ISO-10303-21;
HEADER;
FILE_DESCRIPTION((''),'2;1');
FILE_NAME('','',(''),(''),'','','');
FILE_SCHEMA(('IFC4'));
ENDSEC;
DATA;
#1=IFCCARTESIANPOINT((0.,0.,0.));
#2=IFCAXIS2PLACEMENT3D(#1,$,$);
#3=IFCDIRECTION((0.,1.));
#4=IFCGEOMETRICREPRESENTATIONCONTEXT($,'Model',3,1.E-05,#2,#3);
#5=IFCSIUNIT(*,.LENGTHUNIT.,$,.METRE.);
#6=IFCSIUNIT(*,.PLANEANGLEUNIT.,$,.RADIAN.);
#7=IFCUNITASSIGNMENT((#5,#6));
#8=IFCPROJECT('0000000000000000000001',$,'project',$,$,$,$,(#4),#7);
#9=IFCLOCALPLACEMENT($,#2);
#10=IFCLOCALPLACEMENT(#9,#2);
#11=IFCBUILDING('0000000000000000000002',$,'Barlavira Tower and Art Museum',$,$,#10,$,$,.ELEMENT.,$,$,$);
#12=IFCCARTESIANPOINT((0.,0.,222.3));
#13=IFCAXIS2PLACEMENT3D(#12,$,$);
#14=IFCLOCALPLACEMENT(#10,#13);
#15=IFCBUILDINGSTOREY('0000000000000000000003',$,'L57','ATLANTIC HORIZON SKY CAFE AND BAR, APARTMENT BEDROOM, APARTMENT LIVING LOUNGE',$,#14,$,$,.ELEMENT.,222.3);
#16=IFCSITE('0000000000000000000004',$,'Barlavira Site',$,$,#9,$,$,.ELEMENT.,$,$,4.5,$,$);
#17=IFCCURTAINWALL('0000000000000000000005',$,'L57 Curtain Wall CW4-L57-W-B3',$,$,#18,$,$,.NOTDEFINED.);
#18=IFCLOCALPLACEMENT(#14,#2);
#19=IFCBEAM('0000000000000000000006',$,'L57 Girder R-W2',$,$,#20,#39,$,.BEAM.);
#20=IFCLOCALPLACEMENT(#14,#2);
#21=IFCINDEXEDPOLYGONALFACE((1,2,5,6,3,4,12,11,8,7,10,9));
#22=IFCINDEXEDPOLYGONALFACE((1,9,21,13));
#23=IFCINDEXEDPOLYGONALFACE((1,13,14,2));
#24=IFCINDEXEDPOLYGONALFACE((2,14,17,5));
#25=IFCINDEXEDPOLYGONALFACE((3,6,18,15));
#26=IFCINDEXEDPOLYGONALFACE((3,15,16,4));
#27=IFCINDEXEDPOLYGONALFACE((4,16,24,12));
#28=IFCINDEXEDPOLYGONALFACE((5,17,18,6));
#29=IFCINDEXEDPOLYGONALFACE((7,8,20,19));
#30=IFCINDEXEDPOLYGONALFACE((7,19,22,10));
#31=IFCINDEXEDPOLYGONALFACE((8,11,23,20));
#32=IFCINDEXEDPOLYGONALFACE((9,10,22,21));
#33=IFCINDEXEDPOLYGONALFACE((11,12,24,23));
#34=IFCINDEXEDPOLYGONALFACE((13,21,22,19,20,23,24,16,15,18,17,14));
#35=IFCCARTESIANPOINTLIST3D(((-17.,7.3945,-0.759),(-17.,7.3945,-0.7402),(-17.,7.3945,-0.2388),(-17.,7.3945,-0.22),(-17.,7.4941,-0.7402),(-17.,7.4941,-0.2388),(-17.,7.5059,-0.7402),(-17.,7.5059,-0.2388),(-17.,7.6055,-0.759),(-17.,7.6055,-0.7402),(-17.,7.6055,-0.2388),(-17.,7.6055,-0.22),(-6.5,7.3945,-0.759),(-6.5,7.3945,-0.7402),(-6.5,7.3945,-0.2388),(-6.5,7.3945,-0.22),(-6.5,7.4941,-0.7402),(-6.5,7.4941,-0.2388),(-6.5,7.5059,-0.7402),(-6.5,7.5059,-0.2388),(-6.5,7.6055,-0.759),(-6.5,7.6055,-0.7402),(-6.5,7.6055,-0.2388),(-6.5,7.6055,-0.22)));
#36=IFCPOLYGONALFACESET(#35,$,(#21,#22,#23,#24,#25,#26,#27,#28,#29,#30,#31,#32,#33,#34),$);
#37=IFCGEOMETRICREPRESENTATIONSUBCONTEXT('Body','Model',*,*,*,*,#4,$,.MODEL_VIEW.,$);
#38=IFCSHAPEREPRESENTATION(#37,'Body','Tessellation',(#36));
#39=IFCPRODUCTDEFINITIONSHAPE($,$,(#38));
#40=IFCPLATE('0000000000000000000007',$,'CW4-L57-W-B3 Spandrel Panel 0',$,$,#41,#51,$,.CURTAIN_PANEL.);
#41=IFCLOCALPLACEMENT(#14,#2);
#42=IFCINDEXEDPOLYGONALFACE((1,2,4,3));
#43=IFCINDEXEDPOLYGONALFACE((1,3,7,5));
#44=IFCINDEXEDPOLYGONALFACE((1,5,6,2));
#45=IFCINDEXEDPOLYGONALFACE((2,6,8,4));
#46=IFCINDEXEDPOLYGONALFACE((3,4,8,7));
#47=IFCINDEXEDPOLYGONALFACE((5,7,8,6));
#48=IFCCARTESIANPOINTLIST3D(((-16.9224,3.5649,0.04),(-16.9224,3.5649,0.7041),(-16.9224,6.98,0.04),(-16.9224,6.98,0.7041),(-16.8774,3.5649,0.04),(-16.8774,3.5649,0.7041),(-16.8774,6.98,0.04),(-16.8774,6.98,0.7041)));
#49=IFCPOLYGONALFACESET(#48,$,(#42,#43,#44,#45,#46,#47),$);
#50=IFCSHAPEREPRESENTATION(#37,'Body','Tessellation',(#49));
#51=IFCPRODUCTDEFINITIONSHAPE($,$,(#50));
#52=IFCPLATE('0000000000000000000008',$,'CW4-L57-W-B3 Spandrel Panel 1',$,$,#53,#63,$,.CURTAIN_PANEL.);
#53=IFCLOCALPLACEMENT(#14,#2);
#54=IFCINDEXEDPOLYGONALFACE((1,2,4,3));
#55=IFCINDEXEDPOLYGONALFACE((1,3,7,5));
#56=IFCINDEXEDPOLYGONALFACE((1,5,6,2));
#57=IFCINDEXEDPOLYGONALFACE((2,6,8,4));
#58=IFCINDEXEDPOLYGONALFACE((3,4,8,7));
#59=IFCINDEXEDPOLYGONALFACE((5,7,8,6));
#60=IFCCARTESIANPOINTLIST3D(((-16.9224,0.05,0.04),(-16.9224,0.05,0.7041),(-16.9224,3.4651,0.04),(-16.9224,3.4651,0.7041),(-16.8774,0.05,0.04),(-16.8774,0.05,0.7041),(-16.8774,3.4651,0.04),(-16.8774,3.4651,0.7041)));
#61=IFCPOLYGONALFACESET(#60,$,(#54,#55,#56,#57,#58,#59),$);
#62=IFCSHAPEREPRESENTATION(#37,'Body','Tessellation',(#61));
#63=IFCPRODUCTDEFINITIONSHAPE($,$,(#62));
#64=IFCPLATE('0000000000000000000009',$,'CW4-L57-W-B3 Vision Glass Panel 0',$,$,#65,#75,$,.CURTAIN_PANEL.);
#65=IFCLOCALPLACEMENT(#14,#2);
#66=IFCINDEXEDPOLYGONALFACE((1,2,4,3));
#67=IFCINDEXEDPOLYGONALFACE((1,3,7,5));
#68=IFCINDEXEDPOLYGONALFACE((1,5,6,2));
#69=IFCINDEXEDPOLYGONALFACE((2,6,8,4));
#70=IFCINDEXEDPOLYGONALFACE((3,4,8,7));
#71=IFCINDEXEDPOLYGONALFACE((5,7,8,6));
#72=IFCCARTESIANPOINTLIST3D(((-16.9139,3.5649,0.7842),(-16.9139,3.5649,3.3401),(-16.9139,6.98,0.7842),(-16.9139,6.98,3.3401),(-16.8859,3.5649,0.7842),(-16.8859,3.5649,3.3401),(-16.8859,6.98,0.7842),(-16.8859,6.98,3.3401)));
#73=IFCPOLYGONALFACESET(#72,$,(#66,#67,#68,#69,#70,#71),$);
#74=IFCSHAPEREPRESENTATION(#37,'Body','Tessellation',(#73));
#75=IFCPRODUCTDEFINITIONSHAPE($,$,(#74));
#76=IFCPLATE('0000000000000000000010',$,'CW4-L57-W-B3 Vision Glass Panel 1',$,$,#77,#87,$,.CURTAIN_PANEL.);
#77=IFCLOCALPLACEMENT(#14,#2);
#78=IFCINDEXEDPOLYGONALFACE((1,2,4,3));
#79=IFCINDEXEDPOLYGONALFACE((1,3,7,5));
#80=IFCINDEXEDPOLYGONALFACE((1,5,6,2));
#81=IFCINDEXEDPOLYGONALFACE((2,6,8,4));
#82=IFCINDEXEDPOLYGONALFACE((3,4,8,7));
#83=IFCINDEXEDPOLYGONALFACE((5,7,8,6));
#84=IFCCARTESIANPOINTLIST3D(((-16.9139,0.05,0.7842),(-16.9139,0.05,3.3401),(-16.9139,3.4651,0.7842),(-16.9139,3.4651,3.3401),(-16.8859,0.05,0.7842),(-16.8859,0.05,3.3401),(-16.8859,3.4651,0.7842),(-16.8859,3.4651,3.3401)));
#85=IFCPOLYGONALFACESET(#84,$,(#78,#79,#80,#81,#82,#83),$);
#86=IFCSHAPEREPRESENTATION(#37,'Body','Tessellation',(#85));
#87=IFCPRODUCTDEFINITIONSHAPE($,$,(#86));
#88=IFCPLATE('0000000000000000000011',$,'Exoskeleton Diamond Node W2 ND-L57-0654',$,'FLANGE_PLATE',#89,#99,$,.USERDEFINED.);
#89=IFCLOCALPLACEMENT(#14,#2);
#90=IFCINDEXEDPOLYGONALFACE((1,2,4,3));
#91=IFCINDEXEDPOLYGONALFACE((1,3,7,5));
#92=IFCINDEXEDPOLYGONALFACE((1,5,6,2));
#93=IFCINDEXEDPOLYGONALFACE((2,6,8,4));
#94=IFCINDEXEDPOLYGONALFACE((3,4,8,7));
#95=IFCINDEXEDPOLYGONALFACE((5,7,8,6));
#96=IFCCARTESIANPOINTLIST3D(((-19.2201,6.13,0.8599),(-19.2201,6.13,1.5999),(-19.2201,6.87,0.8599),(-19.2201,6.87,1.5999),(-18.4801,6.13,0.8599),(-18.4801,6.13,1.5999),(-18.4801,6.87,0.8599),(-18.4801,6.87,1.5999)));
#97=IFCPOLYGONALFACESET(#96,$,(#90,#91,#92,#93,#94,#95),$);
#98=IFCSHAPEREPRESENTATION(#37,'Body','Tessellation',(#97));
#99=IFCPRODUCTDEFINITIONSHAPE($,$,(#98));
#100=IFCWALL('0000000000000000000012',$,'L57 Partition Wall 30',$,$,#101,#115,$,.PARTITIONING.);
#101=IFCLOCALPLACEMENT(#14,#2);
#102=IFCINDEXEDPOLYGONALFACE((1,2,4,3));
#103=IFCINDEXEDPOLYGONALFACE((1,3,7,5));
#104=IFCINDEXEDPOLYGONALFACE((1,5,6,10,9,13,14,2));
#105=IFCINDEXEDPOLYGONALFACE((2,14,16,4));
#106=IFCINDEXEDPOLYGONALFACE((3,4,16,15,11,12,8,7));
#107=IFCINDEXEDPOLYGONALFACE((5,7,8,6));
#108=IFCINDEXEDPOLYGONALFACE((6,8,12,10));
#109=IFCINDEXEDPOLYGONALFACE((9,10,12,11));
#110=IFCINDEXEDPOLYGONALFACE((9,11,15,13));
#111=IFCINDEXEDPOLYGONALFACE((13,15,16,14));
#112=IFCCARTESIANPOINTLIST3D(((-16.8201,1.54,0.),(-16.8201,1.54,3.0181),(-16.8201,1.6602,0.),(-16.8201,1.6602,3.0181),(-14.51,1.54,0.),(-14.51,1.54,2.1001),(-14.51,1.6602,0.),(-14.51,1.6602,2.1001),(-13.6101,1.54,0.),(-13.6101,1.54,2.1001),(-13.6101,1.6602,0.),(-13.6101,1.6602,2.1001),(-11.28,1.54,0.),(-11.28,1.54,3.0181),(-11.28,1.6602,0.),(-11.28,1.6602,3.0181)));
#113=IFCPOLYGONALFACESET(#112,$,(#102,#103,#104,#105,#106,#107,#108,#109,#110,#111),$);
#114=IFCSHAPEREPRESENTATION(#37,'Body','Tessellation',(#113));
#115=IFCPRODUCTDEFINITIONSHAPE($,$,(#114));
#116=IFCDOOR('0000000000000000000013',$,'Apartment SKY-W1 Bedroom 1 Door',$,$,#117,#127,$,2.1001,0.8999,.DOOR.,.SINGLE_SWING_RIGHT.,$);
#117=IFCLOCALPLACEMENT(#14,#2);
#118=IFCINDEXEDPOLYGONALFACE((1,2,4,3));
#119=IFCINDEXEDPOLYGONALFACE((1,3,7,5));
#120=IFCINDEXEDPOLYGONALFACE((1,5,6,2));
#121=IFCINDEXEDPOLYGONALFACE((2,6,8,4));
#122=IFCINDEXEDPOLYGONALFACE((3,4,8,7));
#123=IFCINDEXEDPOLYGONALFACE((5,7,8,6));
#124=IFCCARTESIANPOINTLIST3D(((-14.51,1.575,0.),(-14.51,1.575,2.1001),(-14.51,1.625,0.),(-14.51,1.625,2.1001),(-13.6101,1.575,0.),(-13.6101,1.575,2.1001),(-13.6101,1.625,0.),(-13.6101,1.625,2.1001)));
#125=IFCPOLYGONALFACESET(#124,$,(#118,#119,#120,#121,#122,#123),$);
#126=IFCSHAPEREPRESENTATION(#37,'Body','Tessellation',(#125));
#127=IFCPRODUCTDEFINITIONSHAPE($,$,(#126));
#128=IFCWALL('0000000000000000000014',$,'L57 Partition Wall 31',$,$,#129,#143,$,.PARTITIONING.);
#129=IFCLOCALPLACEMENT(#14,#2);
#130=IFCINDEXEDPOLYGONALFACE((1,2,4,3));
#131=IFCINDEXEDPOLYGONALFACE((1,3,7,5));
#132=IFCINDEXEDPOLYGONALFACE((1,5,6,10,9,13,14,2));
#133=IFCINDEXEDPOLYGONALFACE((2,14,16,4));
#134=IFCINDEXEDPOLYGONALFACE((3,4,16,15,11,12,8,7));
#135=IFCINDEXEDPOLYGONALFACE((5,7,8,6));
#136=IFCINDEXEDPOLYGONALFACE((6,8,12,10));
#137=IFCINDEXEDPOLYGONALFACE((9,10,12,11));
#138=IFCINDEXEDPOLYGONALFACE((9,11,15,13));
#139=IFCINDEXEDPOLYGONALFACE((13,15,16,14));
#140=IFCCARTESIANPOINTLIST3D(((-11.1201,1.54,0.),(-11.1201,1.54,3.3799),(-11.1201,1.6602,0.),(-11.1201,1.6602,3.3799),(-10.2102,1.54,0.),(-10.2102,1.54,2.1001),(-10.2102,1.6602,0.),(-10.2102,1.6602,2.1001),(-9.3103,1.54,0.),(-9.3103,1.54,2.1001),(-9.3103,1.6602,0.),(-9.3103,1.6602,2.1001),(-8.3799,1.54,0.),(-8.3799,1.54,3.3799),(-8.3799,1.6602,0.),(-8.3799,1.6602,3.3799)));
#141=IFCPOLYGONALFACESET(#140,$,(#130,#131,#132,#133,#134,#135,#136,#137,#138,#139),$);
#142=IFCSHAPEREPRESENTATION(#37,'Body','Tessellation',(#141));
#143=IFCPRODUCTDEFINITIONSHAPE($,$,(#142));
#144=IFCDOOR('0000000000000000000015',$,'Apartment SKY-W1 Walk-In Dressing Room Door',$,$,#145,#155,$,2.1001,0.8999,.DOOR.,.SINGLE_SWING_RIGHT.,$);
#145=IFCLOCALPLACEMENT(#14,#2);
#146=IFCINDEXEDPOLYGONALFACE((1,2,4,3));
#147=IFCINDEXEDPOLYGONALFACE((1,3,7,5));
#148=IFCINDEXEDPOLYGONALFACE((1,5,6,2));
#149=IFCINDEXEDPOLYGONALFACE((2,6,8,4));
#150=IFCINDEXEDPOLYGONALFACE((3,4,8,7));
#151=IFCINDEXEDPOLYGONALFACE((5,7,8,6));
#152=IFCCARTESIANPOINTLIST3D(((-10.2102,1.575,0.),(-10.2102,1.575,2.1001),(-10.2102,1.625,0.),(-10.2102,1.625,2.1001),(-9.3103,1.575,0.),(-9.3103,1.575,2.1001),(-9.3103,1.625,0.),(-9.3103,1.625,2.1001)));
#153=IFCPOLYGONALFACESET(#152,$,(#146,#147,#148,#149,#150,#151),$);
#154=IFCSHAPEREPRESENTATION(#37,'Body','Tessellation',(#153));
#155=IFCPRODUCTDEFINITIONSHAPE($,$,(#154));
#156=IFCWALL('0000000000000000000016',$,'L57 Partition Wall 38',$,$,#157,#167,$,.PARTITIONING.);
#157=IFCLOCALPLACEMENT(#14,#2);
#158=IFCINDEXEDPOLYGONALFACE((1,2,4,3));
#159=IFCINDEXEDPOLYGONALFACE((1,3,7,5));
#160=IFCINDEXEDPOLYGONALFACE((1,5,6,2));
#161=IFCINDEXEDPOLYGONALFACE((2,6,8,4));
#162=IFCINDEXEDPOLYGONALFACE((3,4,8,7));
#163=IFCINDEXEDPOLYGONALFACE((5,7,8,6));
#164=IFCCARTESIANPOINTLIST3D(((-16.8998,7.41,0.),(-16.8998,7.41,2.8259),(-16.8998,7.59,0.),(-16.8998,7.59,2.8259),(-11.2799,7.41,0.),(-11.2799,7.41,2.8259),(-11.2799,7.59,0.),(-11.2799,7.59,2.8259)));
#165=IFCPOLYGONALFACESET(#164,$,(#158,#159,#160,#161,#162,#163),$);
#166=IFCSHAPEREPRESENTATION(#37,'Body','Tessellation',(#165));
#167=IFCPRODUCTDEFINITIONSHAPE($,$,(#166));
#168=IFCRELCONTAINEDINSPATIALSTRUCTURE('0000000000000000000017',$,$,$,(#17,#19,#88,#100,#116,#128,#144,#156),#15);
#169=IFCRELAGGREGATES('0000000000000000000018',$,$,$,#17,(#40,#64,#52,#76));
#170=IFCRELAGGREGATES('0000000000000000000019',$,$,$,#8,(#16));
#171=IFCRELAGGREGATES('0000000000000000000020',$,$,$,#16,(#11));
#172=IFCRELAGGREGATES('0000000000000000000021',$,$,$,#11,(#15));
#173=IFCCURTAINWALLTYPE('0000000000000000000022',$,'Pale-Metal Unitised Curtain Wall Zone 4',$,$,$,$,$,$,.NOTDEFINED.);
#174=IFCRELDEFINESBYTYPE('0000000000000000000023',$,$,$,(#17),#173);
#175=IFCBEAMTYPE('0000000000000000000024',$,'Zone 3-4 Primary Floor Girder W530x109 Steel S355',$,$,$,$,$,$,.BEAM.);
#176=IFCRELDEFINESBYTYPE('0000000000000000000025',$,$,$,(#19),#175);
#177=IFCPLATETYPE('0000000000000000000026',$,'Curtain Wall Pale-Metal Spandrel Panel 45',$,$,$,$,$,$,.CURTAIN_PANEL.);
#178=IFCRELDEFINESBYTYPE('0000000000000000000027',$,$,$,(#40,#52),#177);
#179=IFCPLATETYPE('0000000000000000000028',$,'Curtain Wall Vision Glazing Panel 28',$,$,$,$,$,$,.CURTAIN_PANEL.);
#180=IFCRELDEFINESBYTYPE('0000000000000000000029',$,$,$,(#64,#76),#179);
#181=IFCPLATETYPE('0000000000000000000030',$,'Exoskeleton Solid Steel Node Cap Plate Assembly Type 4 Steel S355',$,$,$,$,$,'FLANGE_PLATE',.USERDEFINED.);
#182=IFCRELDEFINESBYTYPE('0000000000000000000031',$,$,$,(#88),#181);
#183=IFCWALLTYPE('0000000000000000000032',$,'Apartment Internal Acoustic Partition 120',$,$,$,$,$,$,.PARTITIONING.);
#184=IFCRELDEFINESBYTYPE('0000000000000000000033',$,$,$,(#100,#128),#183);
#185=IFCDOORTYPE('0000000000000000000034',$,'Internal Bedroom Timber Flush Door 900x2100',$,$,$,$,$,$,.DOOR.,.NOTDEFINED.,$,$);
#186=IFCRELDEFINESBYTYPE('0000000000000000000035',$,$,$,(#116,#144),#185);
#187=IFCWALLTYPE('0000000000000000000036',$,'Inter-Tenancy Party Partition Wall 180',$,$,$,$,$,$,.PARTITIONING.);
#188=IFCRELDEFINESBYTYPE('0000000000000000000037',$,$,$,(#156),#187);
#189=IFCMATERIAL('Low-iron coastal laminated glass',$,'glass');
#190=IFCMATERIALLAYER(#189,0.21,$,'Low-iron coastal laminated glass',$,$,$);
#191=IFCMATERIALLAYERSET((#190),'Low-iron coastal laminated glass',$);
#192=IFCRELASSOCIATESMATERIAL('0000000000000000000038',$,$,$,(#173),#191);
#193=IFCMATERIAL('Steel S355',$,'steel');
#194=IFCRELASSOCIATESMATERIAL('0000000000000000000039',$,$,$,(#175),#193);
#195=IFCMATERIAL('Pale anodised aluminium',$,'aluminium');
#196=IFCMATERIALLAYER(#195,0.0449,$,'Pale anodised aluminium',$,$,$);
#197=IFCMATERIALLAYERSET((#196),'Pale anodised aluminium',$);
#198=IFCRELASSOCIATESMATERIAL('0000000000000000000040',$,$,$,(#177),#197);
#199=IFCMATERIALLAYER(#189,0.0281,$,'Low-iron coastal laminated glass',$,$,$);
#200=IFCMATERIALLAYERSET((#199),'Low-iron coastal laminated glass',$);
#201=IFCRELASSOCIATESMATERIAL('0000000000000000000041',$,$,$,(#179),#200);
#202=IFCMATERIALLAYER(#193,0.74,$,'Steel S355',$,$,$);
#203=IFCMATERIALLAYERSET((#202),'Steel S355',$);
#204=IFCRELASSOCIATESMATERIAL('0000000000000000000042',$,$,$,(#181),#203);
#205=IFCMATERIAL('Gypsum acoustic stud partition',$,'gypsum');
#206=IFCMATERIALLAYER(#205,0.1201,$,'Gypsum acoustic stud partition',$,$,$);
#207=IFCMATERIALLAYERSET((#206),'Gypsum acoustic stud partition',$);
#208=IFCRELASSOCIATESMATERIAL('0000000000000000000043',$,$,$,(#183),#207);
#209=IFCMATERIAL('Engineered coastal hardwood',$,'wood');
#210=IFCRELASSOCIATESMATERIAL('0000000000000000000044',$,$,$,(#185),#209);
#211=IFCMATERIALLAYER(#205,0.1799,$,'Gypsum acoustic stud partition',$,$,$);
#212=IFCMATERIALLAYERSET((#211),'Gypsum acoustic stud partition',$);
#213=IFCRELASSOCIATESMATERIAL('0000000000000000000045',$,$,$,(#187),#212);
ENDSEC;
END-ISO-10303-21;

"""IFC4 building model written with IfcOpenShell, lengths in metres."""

from ifc_helpers import new_model, si_unit, direction, frame, frame_2d, origin, origin_2d, place, context, subcontext, project, spatial, rectangle, i_section, extrude, material, layer, layer_set, material_profile, profile_set, type_object, element, fill, aggregate, save


model = new_model("IFC4")

# Units and contexts
model_context = context("Model", 3, precision=1e-05, world=origin(), true_north=direction((0.0, 1.0)))
body_context = subcontext(model_context, "Body", "Model", "MODEL_VIEW")
ifc_project = project(units=[si_unit("LENGTHUNIT", "METRE"), si_unit("PLANEANGLEUNIT", "RADIAN")], contexts=[model_context])

# Site, building, storey
site_placement = place(None, origin())
site = spatial("IfcSite", under=ifc_project, at=site_placement, Name="Barlavira Site", CompositionType="ELEMENT", RefElevation=4.5)
building_placement = place(site_placement, origin())
building = spatial("IfcBuilding", under=site, at=building_placement, Name="Barlavira Tower and Art Museum", CompositionType="ELEMENT")
storey_placement = place(building_placement, frame((0.0, 0.0, 222.3)))
storey = spatial("IfcBuildingStorey", under=building, at=storey_placement, Name="L57", Description="ATLANTIC HORIZON SKY CAFE AND BAR, APARTMENT BEDROOM, APARTMENT LIVING LOUNGE", CompositionType="ELEMENT", Elevation=222.3)

# Curtain wall
ifc_material_1 = material(Name="Low-iron coastal laminated glass", Category="glass")
ifc_layer_1 = layer(ifc_material_1, 0.21, Name="Low-iron coastal laminated glass")
ifc_layer_set_1 = layer_set([ifc_layer_1], Name="Low-iron coastal laminated glass")
curtain_wall_type = type_object("IfcCurtainWallType", Name="Pale-Metal Unitised Curtain Wall Zone 4", PredefinedType="NOTDEFINED", material=ifc_layer_set_1)
curtain_wall_placement = place(storey_placement, origin())
curtain_wall = element("IfcCurtainWall", 1, at=curtain_wall_placement, inside=storey, type_object=curtain_wall_type, Name="L57 Curtain Wall CW4-L57-W-B3", PredefinedType="NOTDEFINED")
ifc_material_2 = material(Name="Pale anodised aluminium", Category="aluminium")

# Beam
ifc_material_3 = material(Name="Steel S355", Category="steel")
ifc_material_profile_1 = material_profile(ifc_material_3, i_section(OverallWidth=0.2109, OverallDepth=0.5391, WebThickness=0.0117, FlangeThickness=0.0188, at=origin_2d()), Name="W530x109.0")
ifc_profile_set_1 = profile_set([ifc_material_profile_1], Name="Steel S355")
beam_type_1 = type_object("IfcBeamType", Name="Zone 3-4 Primary Floor Girder W530x109 Steel S355", PredefinedType="BEAM", material=ifc_profile_set_1)
beam_1_placement = place(storey_placement, frame((-17.0, 7.5, -0.4895), z_axis=(1.0, 0.0, 0.0), x_axis=(0.0, 1.0, 0.0)))
element("IfcBeam", 2, at=beam_1_placement, inside=storey, type_object=beam_type_1, Name="L57 Girder R-W2", PredefinedType="BEAM", context=body_context, shape_type="SweptSolid", body=[
    extrude(i_section(OverallWidth=0.2109, OverallDepth=0.5391, WebThickness=0.0117, FlangeThickness=0.0188, at=origin_2d()), origin(), (0.0, 0.0, 1.0), 10.5),
])

# Plates
ifc_layer_2 = layer(ifc_material_2, 0.0449, Name="Pale anodised aluminium")
ifc_layer_set_2 = layer_set([ifc_layer_2], Name="Pale anodised aluminium")
plate_type_1 = type_object("IfcPlateType", Name="Curtain Wall Pale-Metal Spandrel Panel 45", PredefinedType="CURTAIN_PANEL", material=ifc_layer_set_2)
plate_1_placement = place(storey_placement, frame((-16.8999, 5.2725, 0.04), z_axis=(0.0, 0.0, 1.0), x_axis=(0.0, -1.0, 0.0)))
plate_1 = element("IfcPlate", 3, at=plate_1_placement, type_object=plate_type_1, Name="CW4-L57-W-B3 Spandrel Panel 0", PredefinedType="CURTAIN_PANEL", context=body_context, shape_type="SweptSolid", body=[
    extrude(rectangle(XDim=3.415, YDim=0.0449, at=origin_2d()), origin(), (0.0, 0.0, 1.0), 0.6641),
])
plate_2_placement = place(storey_placement, frame((-16.8999, 1.7576, 0.04), z_axis=(0.0, 0.0, 1.0), x_axis=(0.0, -1.0, 0.0)))
plate_2 = element("IfcPlate", 4, at=plate_2_placement, type_object=plate_type_1, Name="CW4-L57-W-B3 Spandrel Panel 1", PredefinedType="CURTAIN_PANEL", context=body_context, shape_type="SweptSolid", body=[
    extrude(rectangle(XDim=3.415, YDim=0.0449, at=origin_2d()), origin(), (0.0, 0.0, 1.0), 0.6641),
])
ifc_layer_3 = layer(ifc_material_1, 0.0281, Name="Low-iron coastal laminated glass")
ifc_layer_set_3 = layer_set([ifc_layer_3], Name="Low-iron coastal laminated glass")
plate_type_2 = type_object("IfcPlateType", Name="Curtain Wall Vision Glazing Panel 28", PredefinedType="CURTAIN_PANEL", material=ifc_layer_set_3)
plate_3_placement = place(storey_placement, frame((-16.8999, 5.2725, 0.7842), z_axis=(0.0, 0.0, 1.0), x_axis=(0.0, -1.0, 0.0)))
plate_3 = element("IfcPlate", 5, at=plate_3_placement, type_object=plate_type_2, Name="CW4-L57-W-B3 Vision Glass Panel 0", PredefinedType="CURTAIN_PANEL", context=body_context, shape_type="SweptSolid", body=[
    extrude(rectangle(XDim=3.415, YDim=0.0281, at=origin_2d()), origin(), (0.0, 0.0, 1.0), 2.5559),
])
plate_4_placement = place(storey_placement, frame((-16.8999, 1.7576, 0.7842), z_axis=(0.0, 0.0, 1.0), x_axis=(0.0, -1.0, 0.0)))
plate_4 = element("IfcPlate", 6, at=plate_4_placement, type_object=plate_type_2, Name="CW4-L57-W-B3 Vision Glass Panel 1", PredefinedType="CURTAIN_PANEL", context=body_context, shape_type="SweptSolid", body=[
    extrude(rectangle(XDim=3.415, YDim=0.0281, at=origin_2d()), origin(), (0.0, 0.0, 1.0), 2.5559),
])
aggregate(curtain_wall, [plate_1, plate_3, plate_2, plate_4])
ifc_layer_4 = layer(ifc_material_3, 0.74, Name="Steel S355")
ifc_layer_set_4 = layer_set([ifc_layer_4], Name="Steel S355")
plate_type_3 = type_object("IfcPlateType", Name="Exoskeleton Solid Steel Node Cap Plate Assembly Type 4 Steel S355", ElementType="FLANGE_PLATE", PredefinedType="USERDEFINED", material=ifc_layer_set_4)
plate_5_placement = place(storey_placement, frame((-18.8501, 6.5, 0.8599), z_axis=(0.0, 0.0, 1.0), x_axis=(1.0, 0.0, 0.0)))
element("IfcPlate", 7, at=plate_5_placement, inside=storey, type_object=plate_type_3, Name="Exoskeleton Diamond Node W2 ND-L57-0654", ObjectType="FLANGE_PLATE", PredefinedType="USERDEFINED", context=body_context, shape_type="SweptSolid", body=[
    extrude(rectangle(XDim=0.74, YDim=0.74, at=origin_2d()), origin(), (0.0, 0.0, 1.0), 0.74),
])

# Walls, openings, doors
ifc_material_4 = material(Name="Gypsum acoustic stud partition", Category="gypsum")
ifc_layer_5 = layer(ifc_material_4, 0.1201, Name="Gypsum acoustic stud partition")
ifc_layer_set_5 = layer_set([ifc_layer_5], Name="Gypsum acoustic stud partition")
wall_type_1 = type_object("IfcWallType", Name="Apartment Internal Acoustic Partition 120", PredefinedType="PARTITIONING", material=ifc_layer_set_5)
wall_1_placement = place(storey_placement, frame((-16.8201, 1.6001, 0.0), z_axis=(0.0, 0.0, 1.0), x_axis=(1.0, 0.0, 0.0)))
wall_1 = element("IfcWall", 8, at=wall_1_placement, inside=storey, type_object=wall_type_1, Name="L57 Partition Wall 30", PredefinedType="PARTITIONING", context=body_context, shape_type="SweptSolid", body=[
    extrude(rectangle(XDim=5.54, YDim=0.1201, at=frame_2d((2.77, 0.0))), origin(), (0.0, 0.0, 1.0), 3.0181),
])
opening_1_placement = place(wall_1_placement, frame((2.3101, 0.0, 0.0)))
opening_1 = element("IfcOpeningElement", 9, at=opening_1_placement, cuts=wall_1, PredefinedType="OPENING", context=body_context, shape_type="SweptSolid", body=[
    extrude(rectangle(XDim=0.8999, YDim=2.1001, at=frame_2d((0.45, 1.05))), frame((0.0, 0.0701, 0.0), z_axis=(0.0, -1.0, 0.0), x_axis=(1.0, 0.0, 0.0)), (0.0, 0.0, 1.0), 0.1401),
])
ifc_material_5 = material(Name="Engineered coastal hardwood", Category="wood")
door_type = type_object("IfcDoorType", Name="Internal Bedroom Timber Flush Door 900x2100", OperationType="NOTDEFINED", PredefinedType="DOOR", material=ifc_material_5)
door_1_placement = place(opening_1_placement, origin())
door_1 = element("IfcDoor", 10, at=door_1_placement, inside=storey, type_object=door_type, Name="Apartment SKY-W1 Bedroom 1 Door", OperationType="SINGLE_SWING_RIGHT", OverallHeight=2.1001, OverallWidth=0.8999, PredefinedType="DOOR", context=body_context, shape_type="SweptSolid", body=[
    extrude(rectangle(XDim=0.8999, YDim=2.1001, at=frame_2d((0.45, 1.05))), frame((0.0, 0.0249, 0.0), z_axis=(0.0, -1.0, 0.0), x_axis=(1.0, 0.0, 0.0)), (0.0, 0.0, 1.0), 0.05),
])
fill(opening_1, door_1)
wall_2_placement = place(storey_placement, frame((-11.1201, 1.6001, 0.0), z_axis=(0.0, 0.0, 1.0), x_axis=(1.0, 0.0, 0.0)))
wall_2 = element("IfcWall", 11, at=wall_2_placement, inside=storey, type_object=wall_type_1, Name="L57 Partition Wall 31", PredefinedType="PARTITIONING", context=body_context, shape_type="SweptSolid", body=[
    extrude(rectangle(XDim=2.7402, YDim=0.1201, at=frame_2d((1.3701, 0.0))), origin(), (0.0, 0.0, 1.0), 3.3799),
])
opening_2_placement = place(wall_2_placement, frame((0.9099, 0.0, 0.0)))
opening_2 = element("IfcOpeningElement", 12, at=opening_2_placement, cuts=wall_2, PredefinedType="OPENING", context=body_context, shape_type="SweptSolid", body=[
    extrude(rectangle(XDim=0.8999, YDim=2.1001, at=frame_2d((0.45, 1.05))), frame((0.0, 0.0701, 0.0), z_axis=(0.0, -1.0, 0.0), x_axis=(1.0, 0.0, 0.0)), (0.0, 0.0, 1.0), 0.1401),
])
door_2_placement = place(opening_2_placement, origin())
door_2 = element("IfcDoor", 13, at=door_2_placement, inside=storey, type_object=door_type, Name="Apartment SKY-W1 Walk-In Dressing Room Door", OperationType="SINGLE_SWING_RIGHT", OverallHeight=2.1001, OverallWidth=0.8999, PredefinedType="DOOR", context=body_context, shape_type="SweptSolid", body=[
    extrude(rectangle(XDim=0.8999, YDim=2.1001, at=frame_2d((0.45, 1.05))), frame((0.0, 0.0249, 0.0), z_axis=(0.0, -1.0, 0.0), x_axis=(1.0, 0.0, 0.0)), (0.0, 0.0, 1.0), 0.05),
])
fill(opening_2, door_2)

# Wall
ifc_layer_6 = layer(ifc_material_4, 0.1799, Name="Gypsum acoustic stud partition")
ifc_layer_set_6 = layer_set([ifc_layer_6], Name="Gypsum acoustic stud partition")
wall_type_2 = type_object("IfcWallType", Name="Inter-Tenancy Party Partition Wall 180", PredefinedType="PARTITIONING", material=ifc_layer_set_6)
wall_3_placement = place(storey_placement, frame((-16.8999, 7.5, 0.0), z_axis=(0.0, 0.0, 1.0), x_axis=(1.0, 0.0, 0.0)))
element("IfcWall", 14, at=wall_3_placement, inside=storey, type_object=wall_type_2, Name="L57 Partition Wall 38", PredefinedType="PARTITIONING", context=body_context, shape_type="SweptSolid", body=[
    extrude(rectangle(XDim=5.6199, YDim=0.1799, at=frame_2d((2.8101, 0.0))), origin(), (0.0, 0.0, 1.0), 2.8259),
])

save(model, "model.ifc")
